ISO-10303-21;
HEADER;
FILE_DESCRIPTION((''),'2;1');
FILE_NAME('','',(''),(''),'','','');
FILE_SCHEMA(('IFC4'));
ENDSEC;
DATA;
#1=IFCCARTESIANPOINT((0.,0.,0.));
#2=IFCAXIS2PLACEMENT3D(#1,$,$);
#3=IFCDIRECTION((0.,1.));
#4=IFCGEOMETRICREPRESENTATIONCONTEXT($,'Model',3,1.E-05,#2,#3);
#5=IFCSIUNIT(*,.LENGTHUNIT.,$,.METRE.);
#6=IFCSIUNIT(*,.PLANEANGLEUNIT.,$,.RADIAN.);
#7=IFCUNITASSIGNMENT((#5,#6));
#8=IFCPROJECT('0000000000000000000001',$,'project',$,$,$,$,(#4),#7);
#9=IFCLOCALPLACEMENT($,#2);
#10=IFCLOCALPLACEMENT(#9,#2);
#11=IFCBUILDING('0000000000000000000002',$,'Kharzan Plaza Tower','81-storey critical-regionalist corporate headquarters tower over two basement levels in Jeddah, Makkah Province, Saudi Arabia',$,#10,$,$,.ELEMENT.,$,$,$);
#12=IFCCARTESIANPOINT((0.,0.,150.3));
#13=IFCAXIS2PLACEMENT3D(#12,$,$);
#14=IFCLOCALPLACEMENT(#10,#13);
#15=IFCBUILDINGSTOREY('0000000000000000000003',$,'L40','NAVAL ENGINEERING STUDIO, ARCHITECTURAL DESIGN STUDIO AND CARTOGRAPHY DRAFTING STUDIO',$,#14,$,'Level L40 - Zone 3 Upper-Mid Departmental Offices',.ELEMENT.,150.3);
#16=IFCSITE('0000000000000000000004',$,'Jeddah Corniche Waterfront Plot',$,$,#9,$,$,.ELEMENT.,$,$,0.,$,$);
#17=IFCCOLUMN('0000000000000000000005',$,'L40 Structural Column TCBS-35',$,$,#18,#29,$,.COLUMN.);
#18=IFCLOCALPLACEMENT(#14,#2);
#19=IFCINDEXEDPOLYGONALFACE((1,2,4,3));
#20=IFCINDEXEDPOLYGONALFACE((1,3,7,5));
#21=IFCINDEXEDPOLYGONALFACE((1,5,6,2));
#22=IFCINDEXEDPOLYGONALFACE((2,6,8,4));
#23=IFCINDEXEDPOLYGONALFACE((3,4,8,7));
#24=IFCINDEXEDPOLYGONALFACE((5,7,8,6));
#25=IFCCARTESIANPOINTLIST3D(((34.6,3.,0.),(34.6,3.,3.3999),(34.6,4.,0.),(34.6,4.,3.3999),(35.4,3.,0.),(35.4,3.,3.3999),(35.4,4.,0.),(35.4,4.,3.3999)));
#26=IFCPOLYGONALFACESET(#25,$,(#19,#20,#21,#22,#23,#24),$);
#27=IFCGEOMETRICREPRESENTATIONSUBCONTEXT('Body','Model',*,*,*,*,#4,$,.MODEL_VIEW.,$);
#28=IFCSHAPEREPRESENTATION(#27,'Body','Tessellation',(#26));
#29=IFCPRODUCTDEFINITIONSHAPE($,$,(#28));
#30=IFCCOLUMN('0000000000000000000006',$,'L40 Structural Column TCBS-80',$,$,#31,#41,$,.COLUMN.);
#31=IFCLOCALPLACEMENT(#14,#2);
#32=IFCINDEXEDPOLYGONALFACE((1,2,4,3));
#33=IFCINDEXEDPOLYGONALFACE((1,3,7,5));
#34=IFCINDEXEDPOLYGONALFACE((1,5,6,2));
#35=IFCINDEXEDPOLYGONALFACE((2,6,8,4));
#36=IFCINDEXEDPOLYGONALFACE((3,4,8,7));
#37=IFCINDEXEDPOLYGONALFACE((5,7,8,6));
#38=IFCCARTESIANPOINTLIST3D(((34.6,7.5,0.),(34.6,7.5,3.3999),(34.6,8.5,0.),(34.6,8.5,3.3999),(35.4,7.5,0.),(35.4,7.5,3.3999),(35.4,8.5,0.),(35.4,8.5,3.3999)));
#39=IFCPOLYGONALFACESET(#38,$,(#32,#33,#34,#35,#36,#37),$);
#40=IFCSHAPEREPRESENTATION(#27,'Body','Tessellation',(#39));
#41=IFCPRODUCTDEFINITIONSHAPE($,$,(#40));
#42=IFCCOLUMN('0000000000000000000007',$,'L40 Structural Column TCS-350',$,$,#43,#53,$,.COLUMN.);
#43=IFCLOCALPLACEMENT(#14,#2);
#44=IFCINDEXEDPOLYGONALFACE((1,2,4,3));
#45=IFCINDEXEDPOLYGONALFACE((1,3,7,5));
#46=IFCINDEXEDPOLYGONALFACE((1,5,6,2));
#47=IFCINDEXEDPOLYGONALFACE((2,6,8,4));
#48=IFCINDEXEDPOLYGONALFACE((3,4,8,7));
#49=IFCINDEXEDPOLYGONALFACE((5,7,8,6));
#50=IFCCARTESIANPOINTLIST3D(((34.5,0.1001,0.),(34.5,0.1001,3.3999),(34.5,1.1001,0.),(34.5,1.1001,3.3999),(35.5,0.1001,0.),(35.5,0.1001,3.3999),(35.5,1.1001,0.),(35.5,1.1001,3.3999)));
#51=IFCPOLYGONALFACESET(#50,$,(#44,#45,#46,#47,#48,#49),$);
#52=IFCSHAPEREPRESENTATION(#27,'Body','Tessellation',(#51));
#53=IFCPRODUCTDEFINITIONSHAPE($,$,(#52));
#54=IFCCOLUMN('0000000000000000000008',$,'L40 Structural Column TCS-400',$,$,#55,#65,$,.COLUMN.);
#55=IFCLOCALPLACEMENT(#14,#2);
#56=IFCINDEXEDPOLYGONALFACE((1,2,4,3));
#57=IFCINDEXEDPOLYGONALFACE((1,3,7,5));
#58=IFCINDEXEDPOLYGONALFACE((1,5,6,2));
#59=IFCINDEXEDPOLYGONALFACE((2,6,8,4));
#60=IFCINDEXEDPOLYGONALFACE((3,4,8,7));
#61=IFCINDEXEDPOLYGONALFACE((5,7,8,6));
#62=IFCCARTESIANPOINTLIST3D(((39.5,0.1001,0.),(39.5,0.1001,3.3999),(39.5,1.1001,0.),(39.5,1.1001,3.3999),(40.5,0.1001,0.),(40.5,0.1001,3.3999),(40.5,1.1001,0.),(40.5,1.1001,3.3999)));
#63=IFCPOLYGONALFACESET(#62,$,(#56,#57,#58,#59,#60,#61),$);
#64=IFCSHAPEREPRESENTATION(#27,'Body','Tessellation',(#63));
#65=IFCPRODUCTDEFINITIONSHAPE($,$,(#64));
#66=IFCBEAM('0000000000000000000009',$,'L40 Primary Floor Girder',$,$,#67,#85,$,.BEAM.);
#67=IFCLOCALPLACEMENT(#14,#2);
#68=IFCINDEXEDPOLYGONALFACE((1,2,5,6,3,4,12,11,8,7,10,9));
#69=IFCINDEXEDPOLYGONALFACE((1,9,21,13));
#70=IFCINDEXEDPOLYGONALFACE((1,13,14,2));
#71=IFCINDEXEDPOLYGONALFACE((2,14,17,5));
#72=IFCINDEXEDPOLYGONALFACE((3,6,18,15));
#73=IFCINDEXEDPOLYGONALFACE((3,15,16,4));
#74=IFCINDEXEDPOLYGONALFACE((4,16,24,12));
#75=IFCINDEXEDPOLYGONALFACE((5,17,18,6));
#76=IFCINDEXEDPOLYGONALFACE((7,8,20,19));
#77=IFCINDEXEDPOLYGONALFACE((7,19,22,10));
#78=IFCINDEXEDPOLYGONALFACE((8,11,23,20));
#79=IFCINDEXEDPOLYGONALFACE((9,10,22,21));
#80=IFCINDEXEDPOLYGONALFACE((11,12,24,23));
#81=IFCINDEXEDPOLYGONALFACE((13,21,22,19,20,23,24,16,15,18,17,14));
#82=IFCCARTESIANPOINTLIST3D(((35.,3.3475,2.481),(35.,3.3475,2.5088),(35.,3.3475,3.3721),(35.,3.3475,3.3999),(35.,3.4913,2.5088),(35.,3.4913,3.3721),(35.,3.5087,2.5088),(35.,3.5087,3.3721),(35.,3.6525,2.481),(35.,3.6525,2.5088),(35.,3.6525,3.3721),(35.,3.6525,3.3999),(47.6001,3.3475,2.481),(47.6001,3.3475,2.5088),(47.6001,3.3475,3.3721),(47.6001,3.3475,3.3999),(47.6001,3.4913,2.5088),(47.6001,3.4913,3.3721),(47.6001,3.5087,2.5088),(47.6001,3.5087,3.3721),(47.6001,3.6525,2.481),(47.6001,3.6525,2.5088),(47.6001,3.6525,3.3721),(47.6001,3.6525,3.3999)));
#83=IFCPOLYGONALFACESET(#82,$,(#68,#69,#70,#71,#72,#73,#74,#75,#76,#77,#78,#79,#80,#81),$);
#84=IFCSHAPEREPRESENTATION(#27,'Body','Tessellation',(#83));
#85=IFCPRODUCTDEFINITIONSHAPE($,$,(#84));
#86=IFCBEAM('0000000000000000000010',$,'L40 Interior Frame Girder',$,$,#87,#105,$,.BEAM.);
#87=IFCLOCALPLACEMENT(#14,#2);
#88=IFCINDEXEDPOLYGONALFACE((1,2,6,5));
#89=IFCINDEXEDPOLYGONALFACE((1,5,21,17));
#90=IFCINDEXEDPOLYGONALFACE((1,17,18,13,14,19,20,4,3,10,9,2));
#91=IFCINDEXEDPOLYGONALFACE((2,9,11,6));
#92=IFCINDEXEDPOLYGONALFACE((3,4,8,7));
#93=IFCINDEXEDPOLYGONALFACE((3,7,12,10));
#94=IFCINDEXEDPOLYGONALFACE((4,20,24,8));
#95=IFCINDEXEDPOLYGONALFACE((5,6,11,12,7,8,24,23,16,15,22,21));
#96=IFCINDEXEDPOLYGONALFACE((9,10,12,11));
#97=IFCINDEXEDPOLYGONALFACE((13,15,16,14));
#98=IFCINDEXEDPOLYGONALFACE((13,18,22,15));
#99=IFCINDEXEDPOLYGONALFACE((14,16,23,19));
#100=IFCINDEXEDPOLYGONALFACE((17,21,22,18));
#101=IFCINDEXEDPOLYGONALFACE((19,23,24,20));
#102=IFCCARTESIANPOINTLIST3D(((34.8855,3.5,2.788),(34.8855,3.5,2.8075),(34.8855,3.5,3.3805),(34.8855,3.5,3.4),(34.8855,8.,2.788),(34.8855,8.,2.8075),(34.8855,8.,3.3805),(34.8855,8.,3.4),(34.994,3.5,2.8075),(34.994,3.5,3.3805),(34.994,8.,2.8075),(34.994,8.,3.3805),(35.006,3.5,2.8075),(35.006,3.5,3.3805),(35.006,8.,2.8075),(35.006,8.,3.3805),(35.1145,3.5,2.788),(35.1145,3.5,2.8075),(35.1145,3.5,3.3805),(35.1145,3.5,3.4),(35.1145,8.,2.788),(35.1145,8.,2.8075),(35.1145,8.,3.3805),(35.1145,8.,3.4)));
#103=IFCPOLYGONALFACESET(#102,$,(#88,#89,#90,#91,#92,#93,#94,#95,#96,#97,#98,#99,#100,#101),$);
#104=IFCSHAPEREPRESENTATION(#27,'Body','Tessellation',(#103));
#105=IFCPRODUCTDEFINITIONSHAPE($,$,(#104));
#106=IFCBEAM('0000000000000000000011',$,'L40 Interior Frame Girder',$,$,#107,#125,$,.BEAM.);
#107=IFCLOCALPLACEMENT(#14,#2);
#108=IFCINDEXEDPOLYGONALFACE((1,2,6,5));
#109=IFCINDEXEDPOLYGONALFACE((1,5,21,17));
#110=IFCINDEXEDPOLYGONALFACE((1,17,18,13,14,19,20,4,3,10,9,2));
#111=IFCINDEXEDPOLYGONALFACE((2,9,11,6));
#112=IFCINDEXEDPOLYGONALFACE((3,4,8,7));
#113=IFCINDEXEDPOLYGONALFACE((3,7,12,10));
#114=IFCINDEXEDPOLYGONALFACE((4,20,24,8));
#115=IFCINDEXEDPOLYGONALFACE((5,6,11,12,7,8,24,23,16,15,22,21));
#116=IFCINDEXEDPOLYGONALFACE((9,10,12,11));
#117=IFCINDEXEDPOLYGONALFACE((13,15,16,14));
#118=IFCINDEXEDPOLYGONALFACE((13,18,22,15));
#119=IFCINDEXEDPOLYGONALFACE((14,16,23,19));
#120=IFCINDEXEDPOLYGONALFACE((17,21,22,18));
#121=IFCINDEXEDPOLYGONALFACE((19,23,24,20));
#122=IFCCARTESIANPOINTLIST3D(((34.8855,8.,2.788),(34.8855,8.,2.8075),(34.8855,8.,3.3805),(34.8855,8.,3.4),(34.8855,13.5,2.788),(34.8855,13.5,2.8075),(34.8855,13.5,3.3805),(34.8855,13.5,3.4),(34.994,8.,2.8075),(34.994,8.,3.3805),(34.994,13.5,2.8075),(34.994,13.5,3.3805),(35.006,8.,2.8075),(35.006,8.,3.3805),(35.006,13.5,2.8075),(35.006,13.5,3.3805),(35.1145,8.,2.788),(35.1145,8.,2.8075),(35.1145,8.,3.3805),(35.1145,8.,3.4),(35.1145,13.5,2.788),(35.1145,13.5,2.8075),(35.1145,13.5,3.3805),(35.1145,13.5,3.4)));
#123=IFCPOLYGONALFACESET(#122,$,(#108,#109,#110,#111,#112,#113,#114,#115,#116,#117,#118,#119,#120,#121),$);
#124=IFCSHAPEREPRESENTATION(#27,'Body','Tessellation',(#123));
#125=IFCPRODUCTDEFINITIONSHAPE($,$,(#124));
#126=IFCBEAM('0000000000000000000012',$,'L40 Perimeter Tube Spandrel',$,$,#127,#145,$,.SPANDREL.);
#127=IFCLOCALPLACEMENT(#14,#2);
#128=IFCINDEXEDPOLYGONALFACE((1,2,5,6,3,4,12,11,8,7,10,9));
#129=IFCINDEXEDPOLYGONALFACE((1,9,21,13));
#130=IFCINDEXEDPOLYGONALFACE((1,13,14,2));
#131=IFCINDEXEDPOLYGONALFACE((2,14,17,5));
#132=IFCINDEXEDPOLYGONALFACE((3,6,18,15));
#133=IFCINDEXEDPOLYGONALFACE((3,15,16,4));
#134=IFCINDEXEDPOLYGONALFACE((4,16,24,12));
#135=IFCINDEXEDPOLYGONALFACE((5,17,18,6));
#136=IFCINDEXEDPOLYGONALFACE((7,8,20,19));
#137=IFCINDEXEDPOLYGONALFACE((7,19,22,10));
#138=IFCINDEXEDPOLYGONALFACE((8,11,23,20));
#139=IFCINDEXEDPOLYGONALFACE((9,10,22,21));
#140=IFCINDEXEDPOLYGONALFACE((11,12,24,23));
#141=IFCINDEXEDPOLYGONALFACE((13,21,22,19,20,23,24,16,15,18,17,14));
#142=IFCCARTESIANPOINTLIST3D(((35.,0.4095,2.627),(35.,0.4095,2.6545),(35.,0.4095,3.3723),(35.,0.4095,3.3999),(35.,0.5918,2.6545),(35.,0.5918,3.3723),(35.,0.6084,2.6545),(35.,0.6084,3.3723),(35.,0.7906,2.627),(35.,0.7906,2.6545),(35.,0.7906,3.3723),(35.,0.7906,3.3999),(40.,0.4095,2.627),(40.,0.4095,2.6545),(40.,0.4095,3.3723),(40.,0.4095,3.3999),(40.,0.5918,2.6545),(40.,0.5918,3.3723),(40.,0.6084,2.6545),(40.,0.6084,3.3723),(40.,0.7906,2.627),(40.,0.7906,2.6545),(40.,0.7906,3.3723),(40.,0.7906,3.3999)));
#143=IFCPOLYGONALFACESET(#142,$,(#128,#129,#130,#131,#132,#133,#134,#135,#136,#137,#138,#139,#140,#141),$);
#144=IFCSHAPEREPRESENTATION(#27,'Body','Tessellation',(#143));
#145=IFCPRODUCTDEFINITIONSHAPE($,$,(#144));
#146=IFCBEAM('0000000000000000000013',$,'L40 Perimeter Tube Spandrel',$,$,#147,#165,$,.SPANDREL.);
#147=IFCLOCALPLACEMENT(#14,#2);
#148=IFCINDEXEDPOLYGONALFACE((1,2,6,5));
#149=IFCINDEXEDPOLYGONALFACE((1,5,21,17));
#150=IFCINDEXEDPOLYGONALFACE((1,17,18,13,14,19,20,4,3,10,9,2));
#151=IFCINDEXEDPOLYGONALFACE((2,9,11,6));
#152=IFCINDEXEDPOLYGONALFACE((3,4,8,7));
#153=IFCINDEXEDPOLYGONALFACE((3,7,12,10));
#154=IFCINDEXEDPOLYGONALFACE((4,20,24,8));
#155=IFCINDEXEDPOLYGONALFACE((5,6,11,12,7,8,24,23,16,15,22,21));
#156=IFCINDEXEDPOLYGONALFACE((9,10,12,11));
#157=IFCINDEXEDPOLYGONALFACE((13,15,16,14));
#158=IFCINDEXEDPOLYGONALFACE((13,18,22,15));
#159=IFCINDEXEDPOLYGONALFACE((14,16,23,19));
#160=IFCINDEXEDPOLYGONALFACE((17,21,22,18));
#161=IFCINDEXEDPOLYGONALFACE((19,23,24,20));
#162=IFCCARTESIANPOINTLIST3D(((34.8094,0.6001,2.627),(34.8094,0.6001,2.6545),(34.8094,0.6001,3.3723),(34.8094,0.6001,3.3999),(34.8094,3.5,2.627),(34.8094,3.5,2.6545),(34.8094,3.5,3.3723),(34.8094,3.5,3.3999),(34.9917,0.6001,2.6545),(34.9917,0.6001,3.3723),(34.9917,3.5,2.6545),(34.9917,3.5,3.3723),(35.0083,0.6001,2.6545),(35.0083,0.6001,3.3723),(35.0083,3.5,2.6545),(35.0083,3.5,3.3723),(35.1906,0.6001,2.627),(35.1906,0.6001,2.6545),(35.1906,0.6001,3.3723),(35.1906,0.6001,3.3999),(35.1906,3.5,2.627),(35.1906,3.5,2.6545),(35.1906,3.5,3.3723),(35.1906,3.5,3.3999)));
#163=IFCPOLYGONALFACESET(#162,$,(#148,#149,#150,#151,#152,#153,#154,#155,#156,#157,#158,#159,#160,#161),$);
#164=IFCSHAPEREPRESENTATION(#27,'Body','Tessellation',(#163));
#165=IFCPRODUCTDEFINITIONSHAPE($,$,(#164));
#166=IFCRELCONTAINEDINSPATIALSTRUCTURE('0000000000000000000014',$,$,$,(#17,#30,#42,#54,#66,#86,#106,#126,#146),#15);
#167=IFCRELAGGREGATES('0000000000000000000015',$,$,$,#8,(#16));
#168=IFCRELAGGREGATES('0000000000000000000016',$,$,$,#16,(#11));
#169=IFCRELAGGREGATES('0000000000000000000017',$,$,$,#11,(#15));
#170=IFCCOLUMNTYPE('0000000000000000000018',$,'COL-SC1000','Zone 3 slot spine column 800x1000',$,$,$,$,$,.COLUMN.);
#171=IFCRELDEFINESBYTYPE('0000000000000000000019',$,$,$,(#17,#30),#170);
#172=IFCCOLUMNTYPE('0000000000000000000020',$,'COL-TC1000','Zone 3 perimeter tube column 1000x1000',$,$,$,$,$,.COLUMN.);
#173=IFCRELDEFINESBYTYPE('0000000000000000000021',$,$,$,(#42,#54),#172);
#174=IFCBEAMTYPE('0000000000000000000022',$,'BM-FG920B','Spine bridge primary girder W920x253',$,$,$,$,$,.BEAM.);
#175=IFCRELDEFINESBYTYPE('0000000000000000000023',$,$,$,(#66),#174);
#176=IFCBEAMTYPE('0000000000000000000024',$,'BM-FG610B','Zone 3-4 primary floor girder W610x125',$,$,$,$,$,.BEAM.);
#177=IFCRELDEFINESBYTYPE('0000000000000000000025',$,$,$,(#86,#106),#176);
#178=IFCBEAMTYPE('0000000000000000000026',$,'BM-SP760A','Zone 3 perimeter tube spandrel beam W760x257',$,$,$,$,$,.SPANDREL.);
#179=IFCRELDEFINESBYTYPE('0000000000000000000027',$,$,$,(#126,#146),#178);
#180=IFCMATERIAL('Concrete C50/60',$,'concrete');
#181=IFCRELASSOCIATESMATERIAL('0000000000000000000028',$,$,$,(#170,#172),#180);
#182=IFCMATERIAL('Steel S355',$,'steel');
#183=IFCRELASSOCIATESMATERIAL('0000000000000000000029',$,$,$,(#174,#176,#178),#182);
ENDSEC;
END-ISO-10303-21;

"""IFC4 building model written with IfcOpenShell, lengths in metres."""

from ifc_helpers import new_model, si_unit, direction, frame, origin, origin_2d, place, context, subcontext, project, spatial, rectangle, i_section, extrude, source, transform, mapped, material, material_profile, profile_set, type_object, element, save


model = new_model("IFC4")

# Units and contexts
model_context = context("Model", 3, precision=1e-05, world=origin(), true_north=direction((0.0, 1.0)))
body_context = subcontext(model_context, "Body", "Model", "MODEL_VIEW")
ifc_project = project(units=[si_unit("LENGTHUNIT", "METRE"), si_unit("PLANEANGLEUNIT", "RADIAN")], contexts=[model_context])

# Site, building, storey
site_placement = place(None, origin())
site = spatial("IfcSite", under=ifc_project, at=site_placement, Name="Jeddah Corniche Waterfront Plot", CompositionType="ELEMENT", RefElevation=0.0)
building_placement = place(site_placement, origin())
building = spatial("IfcBuilding", under=site, at=building_placement, Name="Kharzan Plaza Tower", Description="81-storey critical-regionalist corporate headquarters tower over two basement levels in Jeddah, Makkah Province, Saudi Arabia", CompositionType="ELEMENT")
storey_placement = place(building_placement, frame((0.0, 0.0, 150.3)))
storey = spatial("IfcBuildingStorey", under=building, at=storey_placement, Name="L40", Description="NAVAL ENGINEERING STUDIO, ARCHITECTURAL DESIGN STUDIO AND CARTOGRAPHY DRAFTING STUDIO", LongName="Level L40 - Zone 3 Upper-Mid Departmental Offices", CompositionType="ELEMENT", Elevation=150.3)

# Columns
ifc_material_1 = material(Name="Concrete C50/60", Category="concrete")
ifc_material_profile_1 = material_profile(ifc_material_1, rectangle(XDim=0.8, YDim=1.0, at=origin_2d()), Name="RC-SC1000x800")
ifc_profile_set_1 = profile_set([ifc_material_profile_1], Name="Concrete C50/60")
column_type_1 = type_object("IfcColumnType", Name="COL-SC1000", Description="Zone 3 slot spine column 800x1000", PredefinedType="COLUMN", material=ifc_profile_set_1)
shared_shape_1 = source(origin(), body_context, "Body", "SweptSolid", [
    extrude(rectangle(XDim=0.8, YDim=1.0, at=origin_2d()), origin(), (0.0, 0.0, 1.0), 3.3999),
])
for number, where, z_axis, x_axis, name in (
    (1, (35.0, 3.5, 0.0), (0.0, 0.0, 1.0), (1.0, 0.0, 0.0), "L40 Structural Column TCBS-35"),
    (2, (35.0, 8.0, 0.0), (0.0, 0.0, 1.0), (1.0, 0.0, 0.0), "L40 Structural Column TCBS-80"),
):
    element("IfcColumn", number, at=place(storey_placement, frame(where, z_axis=z_axis, x_axis=x_axis)), inside=storey, type_object=column_type_1, Name=name, PredefinedType="COLUMN", context=body_context, shape_type="MappedRepresentation", body=[
        mapped(shared_shape_1, transform((0.0, 0.0, 0.0), x_axis=(1.0, 0.0, 0.0), y_axis=(0.0, 1.0, 0.0), z_axis=(0.0, 0.0, 1.0))),
    ])
ifc_material_profile_2 = material_profile(ifc_material_1, rectangle(XDim=1.0, YDim=1.0, at=origin_2d()), Name="RC-TC1000x1000")
ifc_profile_set_2 = profile_set([ifc_material_profile_2], Name="Concrete C50/60")
column_type_2 = type_object("IfcColumnType", Name="COL-TC1000", Description="Zone 3 perimeter tube column 1000x1000", PredefinedType="COLUMN", material=ifc_profile_set_2)
shared_shape_2 = source(origin(), body_context, "Body", "SweptSolid", [
    extrude(rectangle(XDim=1.0, YDim=1.0, at=origin_2d()), origin(), (0.0, 0.0, 1.0), 3.3999),
])
for number, where, z_axis, x_axis, name in (
    (3, (35.0, 0.6001, 0.0), (0.0, 0.0, 1.0), (1.0, 0.0, 0.0), "L40 Structural Column TCS-350"),
    (4, (40.0, 0.6001, 0.0), (0.0, 0.0, 1.0), (1.0, 0.0, 0.0), "L40 Structural Column TCS-400"),
):
    element("IfcColumn", number, at=place(storey_placement, frame(where, z_axis=z_axis, x_axis=x_axis)), inside=storey, type_object=column_type_2, Name=name, PredefinedType="COLUMN", context=body_context, shape_type="MappedRepresentation", body=[
        mapped(shared_shape_2, transform((0.0, 0.0, 0.0), x_axis=(1.0, 0.0, 0.0), y_axis=(0.0, 1.0, 0.0), z_axis=(0.0, 0.0, 1.0))),
    ])

# Beams
ifc_material_2 = material(Name="Steel S355", Category="steel")
ifc_material_profile_3 = material_profile(ifc_material_2, i_section(OverallWidth=0.3049, OverallDepth=0.9189, WebThickness=0.0173, FlangeThickness=0.0278, at=origin_2d()), Name="W920x253")
ifc_profile_set_3 = profile_set([ifc_material_profile_3], Name="Steel S355")
beam_type_1 = type_object("IfcBeamType", Name="BM-FG920B", Description="Spine bridge primary girder W920x253", PredefinedType="BEAM", material=ifc_profile_set_3)
shared_shape_3 = source(origin(), body_context, "Body", "SweptSolid", [
    extrude(i_section(OverallWidth=0.3049, OverallDepth=0.9189, WebThickness=0.0173, FlangeThickness=0.0278, at=origin_2d()), origin(), (0.0, 0.0, 1.0), 12.6001),
])
beam_1_placement = place(storey_placement, frame((35.0, 3.5, 2.9404), z_axis=(1.0, 0.0, 0.0), x_axis=(0.0, 1.0, 0.0)))
element("IfcBeam", 5, at=beam_1_placement, inside=storey, type_object=beam_type_1, Name="L40 Primary Floor Girder", PredefinedType="BEAM", context=body_context, shape_type="MappedRepresentation", body=[
    mapped(shared_shape_3, transform((0.0, 0.0, 0.0), x_axis=(1.0, 0.0, 0.0), y_axis=(0.0, 1.0, 0.0), z_axis=(0.0, 0.0, 1.0))),
])
ifc_material_profile_4 = material_profile(ifc_material_2, i_section(OverallWidth=0.229, OverallDepth=0.6121, WebThickness=0.012, FlangeThickness=0.0195, at=origin_2d()), Name="W610x125")
ifc_profile_set_4 = profile_set([ifc_material_profile_4], Name="Steel S355")
beam_type_2 = type_object("IfcBeamType", Name="BM-FG610B", Description="Zone 3-4 primary floor girder W610x125", PredefinedType="BEAM", material=ifc_profile_set_4)
shared_shape_4 = source(origin(), body_context, "Body", "SweptSolid", [
    extrude(i_section(OverallWidth=0.229, OverallDepth=0.6121, WebThickness=0.012, FlangeThickness=0.0195, at=origin_2d()), origin(), (0.0, 0.0, 1.0), 4.5),
])
beam_2_placement = place(storey_placement, frame((35.0, 3.5, 3.094), z_axis=(0.0, 1.0, 0.0), x_axis=(-1.0, 0.0, 0.0)))
element("IfcBeam", 6, at=beam_2_placement, inside=storey, type_object=beam_type_2, Name="L40 Interior Frame Girder", PredefinedType="BEAM", context=body_context, shape_type="MappedRepresentation", body=[
    mapped(shared_shape_4, transform((0.0, 0.0, 0.0), x_axis=(1.0, 0.0, 0.0), y_axis=(0.0, 1.0, 0.0), z_axis=(0.0, 0.0, 1.0))),
])
shared_shape_5 = source(origin(), body_context, "Body", "SweptSolid", [
    extrude(i_section(OverallWidth=0.229, OverallDepth=0.6121, WebThickness=0.012, FlangeThickness=0.0195, at=origin_2d()), origin(), (0.0, 0.0, 1.0), 5.5),
])
beam_3_placement = place(storey_placement, frame((35.0, 8.0, 3.094), z_axis=(0.0, 1.0, 0.0), x_axis=(-1.0, 0.0, 0.0)))
element("IfcBeam", 7, at=beam_3_placement, inside=storey, type_object=beam_type_2, Name="L40 Interior Frame Girder", PredefinedType="BEAM", context=body_context, shape_type="MappedRepresentation", body=[
    mapped(shared_shape_5, transform((0.0, 0.0, 0.0), x_axis=(1.0, 0.0, 0.0), y_axis=(0.0, 1.0, 0.0), z_axis=(0.0, 0.0, 1.0))),
])
ifc_material_profile_5 = material_profile(ifc_material_2, i_section(OverallWidth=0.3811, OverallDepth=0.7729, WebThickness=0.0166, FlangeThickness=0.0276, at=origin_2d()), Name="W760x257")
ifc_profile_set_5 = profile_set([ifc_material_profile_5], Name="Steel S355")
beam_type_3 = type_object("IfcBeamType", Name="BM-SP760A", Description="Zone 3 perimeter tube spandrel beam W760x257", PredefinedType="SPANDREL", material=ifc_profile_set_5)
shared_shape_6 = source(origin(), body_context, "Body", "SweptSolid", [
    extrude(i_section(OverallWidth=0.3811, OverallDepth=0.7729, WebThickness=0.0166, FlangeThickness=0.0276, at=origin_2d()), origin(), (0.0, 0.0, 1.0), 5.0),
])
beam_4_placement = place(storey_placement, frame((35.0, 0.6001, 3.0134), z_axis=(1.0, 0.0, 0.0), x_axis=(0.0, 1.0, 0.0)))
element("IfcBeam", 8, at=beam_4_placement, inside=storey, type_object=beam_type_3, Name="L40 Perimeter Tube Spandrel", PredefinedType="SPANDREL", context=body_context, shape_type="MappedRepresentation", body=[
    mapped(shared_shape_6, transform((0.0, 0.0, 0.0), x_axis=(1.0, 0.0, 0.0), y_axis=(0.0, 1.0, 0.0), z_axis=(0.0, 0.0, 1.0))),
])
shared_shape_7 = source(origin(), body_context, "Body", "SweptSolid", [
    extrude(i_section(OverallWidth=0.3811, OverallDepth=0.7729, WebThickness=0.0166, FlangeThickness=0.0276, at=origin_2d()), origin(), (0.0, 0.0, 1.0), 2.8999),
])
beam_5_placement = place(storey_placement, frame((35.0, 0.6001, 3.0134), z_axis=(0.0, 1.0, 0.0), x_axis=(-1.0, 0.0, 0.0)))
element("IfcBeam", 9, at=beam_5_placement, inside=storey, type_object=beam_type_3, Name="L40 Perimeter Tube Spandrel", PredefinedType="SPANDREL", context=body_context, shape_type="MappedRepresentation", body=[
    mapped(shared_shape_7, transform((0.0, 0.0, 0.0), x_axis=(1.0, 0.0, 0.0), y_axis=(0.0, 1.0, 0.0), z_axis=(0.0, 0.0, 1.0))),
])

save(model, "model.ifc")
